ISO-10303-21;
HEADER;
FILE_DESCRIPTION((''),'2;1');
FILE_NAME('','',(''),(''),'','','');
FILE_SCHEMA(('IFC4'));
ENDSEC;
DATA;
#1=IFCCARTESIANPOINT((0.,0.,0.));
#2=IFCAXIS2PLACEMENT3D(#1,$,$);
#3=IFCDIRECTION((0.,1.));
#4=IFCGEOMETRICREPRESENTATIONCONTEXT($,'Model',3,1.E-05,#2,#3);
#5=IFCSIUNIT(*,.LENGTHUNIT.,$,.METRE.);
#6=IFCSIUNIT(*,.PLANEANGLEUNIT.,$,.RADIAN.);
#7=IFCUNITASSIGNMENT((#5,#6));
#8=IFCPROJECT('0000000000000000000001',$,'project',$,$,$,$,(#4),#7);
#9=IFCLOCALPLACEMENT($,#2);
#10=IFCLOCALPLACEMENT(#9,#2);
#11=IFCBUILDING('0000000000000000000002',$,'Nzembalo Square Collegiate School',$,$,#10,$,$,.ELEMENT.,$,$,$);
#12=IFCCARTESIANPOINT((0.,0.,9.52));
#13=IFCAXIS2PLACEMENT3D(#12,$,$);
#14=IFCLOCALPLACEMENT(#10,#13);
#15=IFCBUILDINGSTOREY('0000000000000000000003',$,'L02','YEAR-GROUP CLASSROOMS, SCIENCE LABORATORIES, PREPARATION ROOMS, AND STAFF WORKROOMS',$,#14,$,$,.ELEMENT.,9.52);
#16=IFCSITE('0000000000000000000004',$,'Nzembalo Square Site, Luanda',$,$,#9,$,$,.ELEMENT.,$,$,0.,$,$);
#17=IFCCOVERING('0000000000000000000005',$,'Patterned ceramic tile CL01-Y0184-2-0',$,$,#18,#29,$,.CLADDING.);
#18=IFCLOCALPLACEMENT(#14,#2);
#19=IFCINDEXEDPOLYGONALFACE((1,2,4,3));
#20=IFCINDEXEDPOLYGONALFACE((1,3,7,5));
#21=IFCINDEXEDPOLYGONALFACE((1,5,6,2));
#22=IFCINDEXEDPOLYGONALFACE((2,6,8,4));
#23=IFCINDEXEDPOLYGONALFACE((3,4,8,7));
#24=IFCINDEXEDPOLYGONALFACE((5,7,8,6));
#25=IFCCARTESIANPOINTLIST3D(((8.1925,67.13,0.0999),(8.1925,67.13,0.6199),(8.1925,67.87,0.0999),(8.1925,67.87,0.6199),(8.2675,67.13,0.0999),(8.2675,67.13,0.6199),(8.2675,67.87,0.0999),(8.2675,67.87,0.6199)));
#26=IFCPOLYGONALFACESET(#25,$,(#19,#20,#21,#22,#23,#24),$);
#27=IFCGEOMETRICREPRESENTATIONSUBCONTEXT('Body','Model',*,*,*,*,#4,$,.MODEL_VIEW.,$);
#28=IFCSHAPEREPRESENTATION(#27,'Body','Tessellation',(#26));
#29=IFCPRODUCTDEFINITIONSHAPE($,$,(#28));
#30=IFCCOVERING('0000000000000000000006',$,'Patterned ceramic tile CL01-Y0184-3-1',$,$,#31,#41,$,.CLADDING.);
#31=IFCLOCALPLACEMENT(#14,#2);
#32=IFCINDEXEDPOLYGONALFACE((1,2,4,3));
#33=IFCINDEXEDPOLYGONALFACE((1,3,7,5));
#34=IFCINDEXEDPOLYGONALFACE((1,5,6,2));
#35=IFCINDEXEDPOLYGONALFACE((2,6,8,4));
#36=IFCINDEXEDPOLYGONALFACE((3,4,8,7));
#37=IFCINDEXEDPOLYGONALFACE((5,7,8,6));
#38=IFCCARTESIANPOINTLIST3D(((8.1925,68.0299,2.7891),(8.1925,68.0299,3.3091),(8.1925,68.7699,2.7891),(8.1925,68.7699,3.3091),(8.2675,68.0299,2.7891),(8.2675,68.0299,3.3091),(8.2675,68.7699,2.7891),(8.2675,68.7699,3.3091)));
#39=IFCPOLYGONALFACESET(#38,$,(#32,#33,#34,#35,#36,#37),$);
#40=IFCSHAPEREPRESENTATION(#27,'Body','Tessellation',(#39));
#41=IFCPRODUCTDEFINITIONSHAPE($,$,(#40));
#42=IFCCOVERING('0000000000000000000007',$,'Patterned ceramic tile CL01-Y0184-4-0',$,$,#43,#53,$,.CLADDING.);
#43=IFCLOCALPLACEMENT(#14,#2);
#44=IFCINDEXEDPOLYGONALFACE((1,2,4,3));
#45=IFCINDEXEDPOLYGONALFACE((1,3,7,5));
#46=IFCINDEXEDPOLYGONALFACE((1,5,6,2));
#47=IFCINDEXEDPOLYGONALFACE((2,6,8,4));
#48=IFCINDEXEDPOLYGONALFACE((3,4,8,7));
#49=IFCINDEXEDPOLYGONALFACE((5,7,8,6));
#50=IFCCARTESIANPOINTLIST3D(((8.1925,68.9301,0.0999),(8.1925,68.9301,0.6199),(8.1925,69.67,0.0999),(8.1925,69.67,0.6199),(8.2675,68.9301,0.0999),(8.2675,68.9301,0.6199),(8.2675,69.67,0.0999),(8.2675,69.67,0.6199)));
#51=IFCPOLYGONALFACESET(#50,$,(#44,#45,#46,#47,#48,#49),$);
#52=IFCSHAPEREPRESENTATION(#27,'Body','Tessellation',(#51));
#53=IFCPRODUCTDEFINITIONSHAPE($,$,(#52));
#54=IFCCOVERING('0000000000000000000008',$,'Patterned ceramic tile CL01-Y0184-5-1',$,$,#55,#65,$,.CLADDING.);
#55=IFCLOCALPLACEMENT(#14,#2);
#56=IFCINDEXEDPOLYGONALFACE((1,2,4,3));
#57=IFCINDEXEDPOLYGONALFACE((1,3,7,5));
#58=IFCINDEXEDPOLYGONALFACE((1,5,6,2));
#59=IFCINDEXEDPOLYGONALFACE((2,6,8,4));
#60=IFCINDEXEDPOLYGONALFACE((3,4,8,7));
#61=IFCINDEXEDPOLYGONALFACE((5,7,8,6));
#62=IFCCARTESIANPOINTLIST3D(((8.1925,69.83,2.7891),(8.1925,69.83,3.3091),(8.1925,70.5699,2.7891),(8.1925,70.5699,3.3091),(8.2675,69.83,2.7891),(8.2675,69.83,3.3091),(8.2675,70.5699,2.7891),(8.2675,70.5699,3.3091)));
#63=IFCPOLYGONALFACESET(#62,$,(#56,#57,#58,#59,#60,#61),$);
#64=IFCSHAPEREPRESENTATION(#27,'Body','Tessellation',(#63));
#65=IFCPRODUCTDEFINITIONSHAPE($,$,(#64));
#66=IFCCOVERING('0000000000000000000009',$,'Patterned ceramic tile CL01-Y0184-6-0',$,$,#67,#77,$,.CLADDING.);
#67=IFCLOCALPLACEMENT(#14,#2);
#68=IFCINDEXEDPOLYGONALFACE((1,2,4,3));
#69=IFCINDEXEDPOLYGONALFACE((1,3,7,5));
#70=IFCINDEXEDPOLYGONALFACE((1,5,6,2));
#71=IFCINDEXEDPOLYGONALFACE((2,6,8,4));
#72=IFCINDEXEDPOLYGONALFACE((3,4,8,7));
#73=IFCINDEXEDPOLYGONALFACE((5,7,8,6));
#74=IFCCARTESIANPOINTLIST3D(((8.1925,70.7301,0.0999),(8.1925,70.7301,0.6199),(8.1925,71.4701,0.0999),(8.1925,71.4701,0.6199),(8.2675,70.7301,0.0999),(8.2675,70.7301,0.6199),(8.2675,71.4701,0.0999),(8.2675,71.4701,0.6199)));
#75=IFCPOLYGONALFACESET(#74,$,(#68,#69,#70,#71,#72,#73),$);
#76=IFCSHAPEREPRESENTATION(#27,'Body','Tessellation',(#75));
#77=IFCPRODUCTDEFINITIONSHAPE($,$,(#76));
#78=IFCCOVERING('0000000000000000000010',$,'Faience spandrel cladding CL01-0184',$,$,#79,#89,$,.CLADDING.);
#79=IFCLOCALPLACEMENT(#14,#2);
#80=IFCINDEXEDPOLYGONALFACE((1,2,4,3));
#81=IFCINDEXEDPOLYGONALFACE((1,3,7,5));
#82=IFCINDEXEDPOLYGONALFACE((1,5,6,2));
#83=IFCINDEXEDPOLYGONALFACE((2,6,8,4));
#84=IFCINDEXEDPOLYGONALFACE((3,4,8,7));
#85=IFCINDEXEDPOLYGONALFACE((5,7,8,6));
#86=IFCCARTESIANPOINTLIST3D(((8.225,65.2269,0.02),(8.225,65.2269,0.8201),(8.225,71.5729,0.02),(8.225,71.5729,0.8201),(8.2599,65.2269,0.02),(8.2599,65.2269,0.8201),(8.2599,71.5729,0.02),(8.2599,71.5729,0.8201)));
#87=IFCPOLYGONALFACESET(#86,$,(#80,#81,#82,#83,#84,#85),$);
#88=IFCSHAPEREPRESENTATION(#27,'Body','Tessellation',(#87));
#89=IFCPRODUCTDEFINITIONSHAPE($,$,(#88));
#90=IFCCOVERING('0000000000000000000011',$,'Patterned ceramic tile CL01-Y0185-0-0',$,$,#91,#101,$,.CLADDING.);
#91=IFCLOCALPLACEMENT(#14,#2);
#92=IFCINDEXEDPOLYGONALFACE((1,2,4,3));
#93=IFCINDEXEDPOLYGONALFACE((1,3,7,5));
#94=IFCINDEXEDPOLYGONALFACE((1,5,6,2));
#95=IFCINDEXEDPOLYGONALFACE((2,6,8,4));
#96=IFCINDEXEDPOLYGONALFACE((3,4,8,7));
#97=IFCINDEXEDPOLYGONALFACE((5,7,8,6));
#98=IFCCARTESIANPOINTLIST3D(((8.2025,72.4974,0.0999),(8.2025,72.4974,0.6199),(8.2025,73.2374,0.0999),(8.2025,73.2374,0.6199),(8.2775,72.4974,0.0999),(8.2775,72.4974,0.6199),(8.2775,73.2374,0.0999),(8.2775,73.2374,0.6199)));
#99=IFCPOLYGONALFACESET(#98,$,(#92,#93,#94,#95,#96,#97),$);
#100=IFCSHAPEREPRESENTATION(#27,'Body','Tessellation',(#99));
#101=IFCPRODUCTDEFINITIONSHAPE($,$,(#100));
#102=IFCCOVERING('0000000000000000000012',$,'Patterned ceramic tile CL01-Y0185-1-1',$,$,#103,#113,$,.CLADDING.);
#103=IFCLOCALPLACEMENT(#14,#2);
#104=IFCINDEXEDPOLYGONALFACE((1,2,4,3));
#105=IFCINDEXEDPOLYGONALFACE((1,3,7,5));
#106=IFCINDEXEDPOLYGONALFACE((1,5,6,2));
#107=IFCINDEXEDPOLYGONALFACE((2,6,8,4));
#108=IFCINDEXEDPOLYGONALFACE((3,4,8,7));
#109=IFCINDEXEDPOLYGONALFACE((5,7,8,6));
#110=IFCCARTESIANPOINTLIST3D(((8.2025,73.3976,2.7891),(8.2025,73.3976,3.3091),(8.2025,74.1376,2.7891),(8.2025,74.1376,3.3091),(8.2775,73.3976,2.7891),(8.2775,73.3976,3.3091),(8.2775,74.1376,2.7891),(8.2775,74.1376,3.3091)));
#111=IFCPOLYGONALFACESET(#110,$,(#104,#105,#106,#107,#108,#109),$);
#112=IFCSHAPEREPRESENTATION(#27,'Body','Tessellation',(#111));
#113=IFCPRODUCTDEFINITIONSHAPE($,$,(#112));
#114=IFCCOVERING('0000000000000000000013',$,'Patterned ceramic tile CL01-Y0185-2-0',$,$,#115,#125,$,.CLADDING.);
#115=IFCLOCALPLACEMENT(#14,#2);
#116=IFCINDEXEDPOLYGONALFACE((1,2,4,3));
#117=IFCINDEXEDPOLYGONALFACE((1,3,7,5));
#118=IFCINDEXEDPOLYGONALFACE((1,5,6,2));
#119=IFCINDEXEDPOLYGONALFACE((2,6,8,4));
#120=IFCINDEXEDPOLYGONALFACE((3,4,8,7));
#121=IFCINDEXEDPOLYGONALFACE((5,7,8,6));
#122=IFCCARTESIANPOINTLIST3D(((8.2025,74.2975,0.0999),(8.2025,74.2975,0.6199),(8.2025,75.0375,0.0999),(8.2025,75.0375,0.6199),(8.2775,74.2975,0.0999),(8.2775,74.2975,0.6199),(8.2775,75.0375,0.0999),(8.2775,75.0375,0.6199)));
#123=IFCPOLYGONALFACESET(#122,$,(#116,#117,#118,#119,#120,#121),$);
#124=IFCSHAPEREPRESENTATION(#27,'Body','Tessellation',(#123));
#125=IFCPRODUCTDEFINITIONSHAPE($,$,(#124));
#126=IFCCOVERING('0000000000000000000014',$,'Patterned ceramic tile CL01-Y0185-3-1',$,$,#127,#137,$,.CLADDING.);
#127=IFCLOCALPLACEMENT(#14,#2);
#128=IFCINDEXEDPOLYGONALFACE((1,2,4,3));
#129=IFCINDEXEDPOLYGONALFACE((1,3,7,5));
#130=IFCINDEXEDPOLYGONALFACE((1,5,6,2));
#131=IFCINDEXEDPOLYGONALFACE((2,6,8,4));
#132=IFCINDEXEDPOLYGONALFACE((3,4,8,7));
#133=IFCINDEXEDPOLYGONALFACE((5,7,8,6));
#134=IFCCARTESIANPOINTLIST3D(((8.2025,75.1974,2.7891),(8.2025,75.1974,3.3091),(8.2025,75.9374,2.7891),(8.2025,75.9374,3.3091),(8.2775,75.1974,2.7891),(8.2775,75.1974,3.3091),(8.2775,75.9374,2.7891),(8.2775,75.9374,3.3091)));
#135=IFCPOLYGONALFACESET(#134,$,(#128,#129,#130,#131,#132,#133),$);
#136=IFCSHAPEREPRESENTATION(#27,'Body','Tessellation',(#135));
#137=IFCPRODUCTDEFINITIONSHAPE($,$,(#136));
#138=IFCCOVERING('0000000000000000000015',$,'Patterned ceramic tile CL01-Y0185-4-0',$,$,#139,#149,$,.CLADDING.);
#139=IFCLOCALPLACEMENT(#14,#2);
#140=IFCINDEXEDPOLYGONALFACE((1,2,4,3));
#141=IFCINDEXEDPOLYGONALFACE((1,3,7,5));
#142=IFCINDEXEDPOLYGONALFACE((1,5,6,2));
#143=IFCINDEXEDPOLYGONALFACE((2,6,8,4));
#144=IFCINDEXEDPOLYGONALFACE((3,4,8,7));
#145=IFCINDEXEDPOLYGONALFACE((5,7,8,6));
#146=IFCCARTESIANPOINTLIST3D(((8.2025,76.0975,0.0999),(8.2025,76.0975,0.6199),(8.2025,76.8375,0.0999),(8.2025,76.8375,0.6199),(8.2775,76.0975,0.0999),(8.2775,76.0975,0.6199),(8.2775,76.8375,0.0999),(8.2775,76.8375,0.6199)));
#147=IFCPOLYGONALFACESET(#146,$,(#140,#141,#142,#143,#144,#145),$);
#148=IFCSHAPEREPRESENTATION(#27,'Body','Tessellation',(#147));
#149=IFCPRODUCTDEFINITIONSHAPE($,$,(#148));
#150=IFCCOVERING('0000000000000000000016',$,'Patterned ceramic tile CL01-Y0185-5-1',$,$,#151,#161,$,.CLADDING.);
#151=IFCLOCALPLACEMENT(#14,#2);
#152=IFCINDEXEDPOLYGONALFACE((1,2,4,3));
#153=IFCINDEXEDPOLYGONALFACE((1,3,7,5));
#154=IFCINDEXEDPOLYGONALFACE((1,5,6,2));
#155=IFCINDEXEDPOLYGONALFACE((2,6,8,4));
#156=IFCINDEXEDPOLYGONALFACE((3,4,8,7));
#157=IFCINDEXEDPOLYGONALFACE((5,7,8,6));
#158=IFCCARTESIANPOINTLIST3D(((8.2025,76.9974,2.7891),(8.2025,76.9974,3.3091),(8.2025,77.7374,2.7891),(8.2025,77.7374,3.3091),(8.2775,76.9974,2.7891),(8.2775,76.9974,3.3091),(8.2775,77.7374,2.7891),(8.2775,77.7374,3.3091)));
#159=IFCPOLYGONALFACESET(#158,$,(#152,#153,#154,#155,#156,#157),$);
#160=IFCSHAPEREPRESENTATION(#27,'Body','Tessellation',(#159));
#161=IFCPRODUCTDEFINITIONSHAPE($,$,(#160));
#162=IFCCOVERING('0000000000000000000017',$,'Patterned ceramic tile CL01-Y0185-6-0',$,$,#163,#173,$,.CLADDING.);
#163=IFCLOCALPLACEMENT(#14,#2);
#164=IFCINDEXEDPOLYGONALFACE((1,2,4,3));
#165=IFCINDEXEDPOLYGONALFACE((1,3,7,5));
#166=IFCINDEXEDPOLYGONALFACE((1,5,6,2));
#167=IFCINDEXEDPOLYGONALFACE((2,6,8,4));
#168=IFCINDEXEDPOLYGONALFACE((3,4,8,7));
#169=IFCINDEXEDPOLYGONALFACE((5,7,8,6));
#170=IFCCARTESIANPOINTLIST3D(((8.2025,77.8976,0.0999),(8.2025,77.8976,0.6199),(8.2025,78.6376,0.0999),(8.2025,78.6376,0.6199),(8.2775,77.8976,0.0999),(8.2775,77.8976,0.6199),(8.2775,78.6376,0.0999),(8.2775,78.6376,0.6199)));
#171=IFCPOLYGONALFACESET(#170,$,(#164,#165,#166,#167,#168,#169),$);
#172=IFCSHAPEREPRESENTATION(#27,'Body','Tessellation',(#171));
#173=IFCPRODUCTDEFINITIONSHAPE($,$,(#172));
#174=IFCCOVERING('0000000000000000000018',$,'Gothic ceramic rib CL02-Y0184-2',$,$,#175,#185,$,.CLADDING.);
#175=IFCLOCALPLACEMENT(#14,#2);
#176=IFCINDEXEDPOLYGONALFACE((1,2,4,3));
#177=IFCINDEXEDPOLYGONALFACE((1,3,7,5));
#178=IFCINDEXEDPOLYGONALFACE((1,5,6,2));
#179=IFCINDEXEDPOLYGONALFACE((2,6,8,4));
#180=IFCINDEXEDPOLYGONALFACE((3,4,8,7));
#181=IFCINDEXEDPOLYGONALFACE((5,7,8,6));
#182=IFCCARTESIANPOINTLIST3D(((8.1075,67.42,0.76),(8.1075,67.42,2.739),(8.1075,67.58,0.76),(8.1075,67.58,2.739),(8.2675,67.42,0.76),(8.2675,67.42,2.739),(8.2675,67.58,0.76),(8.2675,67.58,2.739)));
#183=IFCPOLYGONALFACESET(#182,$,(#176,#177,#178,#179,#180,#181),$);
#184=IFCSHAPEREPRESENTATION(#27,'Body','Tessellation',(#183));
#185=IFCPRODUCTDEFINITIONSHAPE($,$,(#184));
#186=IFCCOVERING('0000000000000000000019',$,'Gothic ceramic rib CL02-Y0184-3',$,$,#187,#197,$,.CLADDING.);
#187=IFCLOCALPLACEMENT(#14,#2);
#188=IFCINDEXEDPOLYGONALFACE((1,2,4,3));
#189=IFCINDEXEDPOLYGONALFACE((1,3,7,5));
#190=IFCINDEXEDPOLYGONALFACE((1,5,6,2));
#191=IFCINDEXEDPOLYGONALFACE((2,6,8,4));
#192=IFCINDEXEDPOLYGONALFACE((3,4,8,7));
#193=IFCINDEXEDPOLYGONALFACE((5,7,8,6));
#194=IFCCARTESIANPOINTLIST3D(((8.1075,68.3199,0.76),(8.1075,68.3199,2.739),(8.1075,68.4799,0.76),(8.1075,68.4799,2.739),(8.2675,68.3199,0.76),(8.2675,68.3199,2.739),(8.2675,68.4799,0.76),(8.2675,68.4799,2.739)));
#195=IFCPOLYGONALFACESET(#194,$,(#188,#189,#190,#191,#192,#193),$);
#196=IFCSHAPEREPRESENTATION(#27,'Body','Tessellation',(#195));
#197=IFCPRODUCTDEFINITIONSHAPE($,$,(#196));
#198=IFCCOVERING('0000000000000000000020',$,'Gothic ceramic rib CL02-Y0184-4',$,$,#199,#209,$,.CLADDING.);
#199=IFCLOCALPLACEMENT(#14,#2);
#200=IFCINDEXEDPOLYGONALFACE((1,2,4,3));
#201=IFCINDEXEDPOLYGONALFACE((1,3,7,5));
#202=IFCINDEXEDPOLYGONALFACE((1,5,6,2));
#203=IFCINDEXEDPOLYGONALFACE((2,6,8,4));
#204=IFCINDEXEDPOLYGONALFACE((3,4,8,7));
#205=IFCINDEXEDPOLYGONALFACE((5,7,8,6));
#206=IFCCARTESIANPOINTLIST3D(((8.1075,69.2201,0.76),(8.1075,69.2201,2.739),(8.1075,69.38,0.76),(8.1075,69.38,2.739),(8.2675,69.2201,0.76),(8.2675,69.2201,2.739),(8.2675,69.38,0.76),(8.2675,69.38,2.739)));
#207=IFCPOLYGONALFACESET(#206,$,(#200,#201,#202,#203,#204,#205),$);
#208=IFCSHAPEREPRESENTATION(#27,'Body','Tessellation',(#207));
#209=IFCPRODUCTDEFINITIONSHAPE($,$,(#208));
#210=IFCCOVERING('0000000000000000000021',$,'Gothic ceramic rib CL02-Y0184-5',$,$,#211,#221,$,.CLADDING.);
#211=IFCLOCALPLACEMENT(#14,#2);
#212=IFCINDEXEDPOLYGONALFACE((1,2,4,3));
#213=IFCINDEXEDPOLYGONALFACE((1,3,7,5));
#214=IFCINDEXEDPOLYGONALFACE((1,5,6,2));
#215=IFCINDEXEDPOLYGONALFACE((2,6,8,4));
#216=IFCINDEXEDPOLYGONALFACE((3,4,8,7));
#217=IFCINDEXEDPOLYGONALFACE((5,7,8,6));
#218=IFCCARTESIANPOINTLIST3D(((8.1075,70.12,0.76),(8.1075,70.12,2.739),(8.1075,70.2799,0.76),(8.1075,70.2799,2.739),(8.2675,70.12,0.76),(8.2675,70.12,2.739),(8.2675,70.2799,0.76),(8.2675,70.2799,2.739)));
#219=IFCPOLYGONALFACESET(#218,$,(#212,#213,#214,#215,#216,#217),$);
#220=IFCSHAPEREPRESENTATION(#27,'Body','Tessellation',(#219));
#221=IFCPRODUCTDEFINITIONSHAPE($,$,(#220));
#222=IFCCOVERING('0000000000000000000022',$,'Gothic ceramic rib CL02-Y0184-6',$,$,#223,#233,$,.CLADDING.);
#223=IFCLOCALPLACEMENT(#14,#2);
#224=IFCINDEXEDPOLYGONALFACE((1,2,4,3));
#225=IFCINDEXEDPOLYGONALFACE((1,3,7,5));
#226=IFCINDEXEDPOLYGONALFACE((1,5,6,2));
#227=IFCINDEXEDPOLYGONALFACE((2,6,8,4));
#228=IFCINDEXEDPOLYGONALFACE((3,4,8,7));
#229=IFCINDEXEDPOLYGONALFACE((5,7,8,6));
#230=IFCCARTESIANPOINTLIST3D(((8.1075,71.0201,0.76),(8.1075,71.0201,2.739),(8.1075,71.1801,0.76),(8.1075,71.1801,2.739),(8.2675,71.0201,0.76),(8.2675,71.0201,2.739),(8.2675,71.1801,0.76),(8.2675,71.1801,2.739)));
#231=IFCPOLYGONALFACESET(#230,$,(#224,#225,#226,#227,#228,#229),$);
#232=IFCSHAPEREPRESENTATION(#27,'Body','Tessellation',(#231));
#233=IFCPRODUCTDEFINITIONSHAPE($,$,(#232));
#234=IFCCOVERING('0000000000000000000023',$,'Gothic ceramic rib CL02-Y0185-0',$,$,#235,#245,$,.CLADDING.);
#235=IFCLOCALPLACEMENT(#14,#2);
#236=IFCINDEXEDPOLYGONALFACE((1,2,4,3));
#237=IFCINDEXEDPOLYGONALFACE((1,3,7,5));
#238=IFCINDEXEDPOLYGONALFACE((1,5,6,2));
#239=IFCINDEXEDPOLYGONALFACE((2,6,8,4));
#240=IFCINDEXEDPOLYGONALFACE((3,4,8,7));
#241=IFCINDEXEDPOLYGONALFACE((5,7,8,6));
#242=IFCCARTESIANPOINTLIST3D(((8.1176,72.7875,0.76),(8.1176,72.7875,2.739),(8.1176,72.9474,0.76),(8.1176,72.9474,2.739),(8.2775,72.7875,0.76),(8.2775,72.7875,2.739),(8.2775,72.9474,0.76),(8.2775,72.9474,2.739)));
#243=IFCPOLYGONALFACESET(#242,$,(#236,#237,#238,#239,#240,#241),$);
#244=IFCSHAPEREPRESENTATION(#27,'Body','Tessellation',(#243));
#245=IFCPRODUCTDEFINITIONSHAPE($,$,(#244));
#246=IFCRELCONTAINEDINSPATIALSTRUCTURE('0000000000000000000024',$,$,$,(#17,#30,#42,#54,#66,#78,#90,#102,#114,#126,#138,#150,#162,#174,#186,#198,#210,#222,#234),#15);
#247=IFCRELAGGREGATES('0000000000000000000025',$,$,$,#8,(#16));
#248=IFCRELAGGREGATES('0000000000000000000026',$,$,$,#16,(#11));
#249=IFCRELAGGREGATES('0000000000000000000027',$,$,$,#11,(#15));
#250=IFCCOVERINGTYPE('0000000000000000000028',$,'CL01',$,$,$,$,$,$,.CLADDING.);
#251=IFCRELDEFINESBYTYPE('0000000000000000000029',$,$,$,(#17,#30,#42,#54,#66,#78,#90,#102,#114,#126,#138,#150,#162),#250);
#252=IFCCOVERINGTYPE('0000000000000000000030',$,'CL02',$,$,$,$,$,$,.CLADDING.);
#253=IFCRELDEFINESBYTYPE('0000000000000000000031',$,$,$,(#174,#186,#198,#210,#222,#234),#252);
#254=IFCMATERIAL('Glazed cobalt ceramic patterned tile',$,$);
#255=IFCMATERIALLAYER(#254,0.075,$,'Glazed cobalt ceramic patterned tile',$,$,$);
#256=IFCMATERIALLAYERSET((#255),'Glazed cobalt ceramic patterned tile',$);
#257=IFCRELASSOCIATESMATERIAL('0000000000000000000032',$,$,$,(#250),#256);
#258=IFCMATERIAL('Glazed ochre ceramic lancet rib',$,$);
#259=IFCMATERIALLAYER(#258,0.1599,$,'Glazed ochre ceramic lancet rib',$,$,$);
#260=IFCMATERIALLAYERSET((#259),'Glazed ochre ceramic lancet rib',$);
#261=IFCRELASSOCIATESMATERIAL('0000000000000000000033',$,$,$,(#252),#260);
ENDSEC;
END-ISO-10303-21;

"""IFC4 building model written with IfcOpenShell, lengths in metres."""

from ifc_helpers import new_model, si_unit, direction, frame, origin, origin_2d, place, context, subcontext, project, spatial, rectangle, extrude, material, layer, layer_set, type_object, element, save


model = new_model("IFC4")

# Units and contexts
model_context = context("Model", 3, precision=1e-05, world=origin(), true_north=direction((0.0, 1.0)))
body_context = subcontext(model_context, "Body", "Model", "MODEL_VIEW")
ifc_project = project(units=[si_unit("LENGTHUNIT", "METRE"), si_unit("PLANEANGLEUNIT", "RADIAN")], contexts=[model_context])

# Site, building, storey
site_placement = place(None, origin())
site = spatial("IfcSite", under=ifc_project, at=site_placement, Name="Nzembalo Square Site, Luanda", CompositionType="ELEMENT", RefElevation=0.0)
building_placement = place(site_placement, origin())
building = spatial("IfcBuilding", under=site, at=building_placement, Name="Nzembalo Square Collegiate School", CompositionType="ELEMENT")
storey_placement = place(building_placement, frame((0.0, 0.0, 9.52)))
storey = spatial("IfcBuildingStorey", under=building, at=storey_placement, Name="L02", Description="YEAR-GROUP CLASSROOMS, SCIENCE LABORATORIES, PREPARATION ROOMS, AND STAFF WORKROOMS", CompositionType="ELEMENT", Elevation=9.52)

# Coverings
ifc_material_1 = material(Name="Glazed cobalt ceramic patterned tile")
ifc_layer_1 = layer(ifc_material_1, 0.075, Name="Glazed cobalt ceramic patterned tile")
ifc_layer_set_1 = layer_set([ifc_layer_1], Name="Glazed cobalt ceramic patterned tile")
covering_type_1 = type_object("IfcCoveringType", Name="CL01", PredefinedType="CLADDING", material=ifc_layer_set_1)
for number, where, z_axis, x_axis, name in (
    (1, (8.23, 67.5, 0.0999), (0.0, 0.0, 1.0), (1.0, 0.0, 0.0), "Patterned ceramic tile CL01-Y0184-2-0"),
    (2, (8.23, 68.3999, 2.7891), (0.0, 0.0, 1.0), (1.0, 0.0, 0.0), "Patterned ceramic tile CL01-Y0184-3-1"),
    (3, (8.23, 69.3, 0.0999), (0.0, 0.0, 1.0), (1.0, 0.0, 0.0), "Patterned ceramic tile CL01-Y0184-4-0"),
    (4, (8.23, 70.2, 2.7891), (0.0, 0.0, 1.0), (1.0, 0.0, 0.0), "Patterned ceramic tile CL01-Y0184-5-1"),
    (5, (8.23, 71.1001, 0.0999), (0.0, 0.0, 1.0), (1.0, 0.0, 0.0), "Patterned ceramic tile CL01-Y0184-6-0"),
):
    element("IfcCovering", number, at=place(storey_placement, frame(where, z_axis=z_axis, x_axis=x_axis)), inside=storey, type_object=covering_type_1, Name=name, PredefinedType="CLADDING", context=body_context, shape_type="SweptSolid", body=[
        extrude(rectangle(XDim=0.075, YDim=0.74, at=origin_2d()), origin(), (0.0, 0.0, 1.0), 0.52),
    ])
covering_placement = place(storey_placement, frame((8.2424, 68.3999, 0.02), z_axis=(0.0, 0.0, 1.0), x_axis=(1.0, 0.0, 0.0)))
element("IfcCovering", 6, at=covering_placement, inside=storey, type_object=covering_type_1, Name="Faience spandrel cladding CL01-0184", PredefinedType="CLADDING", context=body_context, shape_type="SweptSolid", body=[
    extrude(rectangle(XDim=0.0349, YDim=6.3459, at=origin_2d()), origin(), (0.0, 0.0, 1.0), 0.8),
])
for number, where, z_axis, x_axis, name in (
    (7, (8.24, 72.8674, 0.0999), (0.0, 0.0, 1.0), (1.0, 0.0, 0.0), "Patterned ceramic tile CL01-Y0185-0-0"),
    (8, (8.24, 73.7676, 2.7891), (0.0, 0.0, 1.0), (1.0, 0.0, 0.0), "Patterned ceramic tile CL01-Y0185-1-1"),
    (9, (8.24, 74.6675, 0.0999), (0.0, 0.0, 1.0), (1.0, 0.0, 0.0), "Patterned ceramic tile CL01-Y0185-2-0"),
    (10, (8.24, 75.5674, 2.7891), (0.0, 0.0, 1.0), (1.0, 0.0, 0.0), "Patterned ceramic tile CL01-Y0185-3-1"),
    (11, (8.24, 76.4675, 0.0999), (0.0, 0.0, 1.0), (1.0, 0.0, 0.0), "Patterned ceramic tile CL01-Y0185-4-0"),
    (12, (8.24, 77.3674, 2.7891), (0.0, 0.0, 1.0), (1.0, 0.0, 0.0), "Patterned ceramic tile CL01-Y0185-5-1"),
    (13, (8.24, 78.2676, 0.0999), (0.0, 0.0, 1.0), (1.0, 0.0, 0.0), "Patterned ceramic tile CL01-Y0185-6-0"),
):
    element("IfcCovering", number, at=place(storey_placement, frame(where, z_axis=z_axis, x_axis=x_axis)), inside=storey, type_object=covering_type_1, Name=name, PredefinedType="CLADDING", context=body_context, shape_type="SweptSolid", body=[
        extrude(rectangle(XDim=0.075, YDim=0.74, at=origin_2d()), origin(), (0.0, 0.0, 1.0), 0.52),
    ])
ifc_material_2 = material(Name="Glazed ochre ceramic lancet rib")
ifc_layer_2 = layer(ifc_material_2, 0.1599, Name="Glazed ochre ceramic lancet rib")
ifc_layer_set_2 = layer_set([ifc_layer_2], Name="Glazed ochre ceramic lancet rib")
covering_type_2 = type_object("IfcCoveringType", Name="CL02", PredefinedType="CLADDING", material=ifc_layer_set_2)
for number, where, z_axis, x_axis, name in (
    (14, (8.1875, 67.5, 0.76), (0.0, 0.0, 1.0), (1.0, 0.0, 0.0), "Gothic ceramic rib CL02-Y0184-2"),
    (15, (8.1875, 68.3999, 0.76), (0.0, 0.0, 1.0), (1.0, 0.0, 0.0), "Gothic ceramic rib CL02-Y0184-3"),
    (16, (8.1875, 69.3, 0.76), (0.0, 0.0, 1.0), (1.0, 0.0, 0.0), "Gothic ceramic rib CL02-Y0184-4"),
    (17, (8.1875, 70.2, 0.76), (0.0, 0.0, 1.0), (1.0, 0.0, 0.0), "Gothic ceramic rib CL02-Y0184-5"),
    (18, (8.1875, 71.1001, 0.76), (0.0, 0.0, 1.0), (1.0, 0.0, 0.0), "Gothic ceramic rib CL02-Y0184-6"),
    (19, (8.1975, 72.8674, 0.76), (0.0, 0.0, 1.0), (1.0, 0.0, 0.0), "Gothic ceramic rib CL02-Y0185-0"),
):
    element("IfcCovering", number, at=place(storey_placement, frame(where, z_axis=z_axis, x_axis=x_axis)), inside=storey, type_object=covering_type_2, Name=name, PredefinedType="CLADDING", context=body_context, shape_type="SweptSolid", body=[
        extrude(rectangle(XDim=0.1599, YDim=0.1599, at=origin_2d()), origin(), (0.0, 0.0, 1.0), 1.979),
    ])

save(model, "model.ifc")
